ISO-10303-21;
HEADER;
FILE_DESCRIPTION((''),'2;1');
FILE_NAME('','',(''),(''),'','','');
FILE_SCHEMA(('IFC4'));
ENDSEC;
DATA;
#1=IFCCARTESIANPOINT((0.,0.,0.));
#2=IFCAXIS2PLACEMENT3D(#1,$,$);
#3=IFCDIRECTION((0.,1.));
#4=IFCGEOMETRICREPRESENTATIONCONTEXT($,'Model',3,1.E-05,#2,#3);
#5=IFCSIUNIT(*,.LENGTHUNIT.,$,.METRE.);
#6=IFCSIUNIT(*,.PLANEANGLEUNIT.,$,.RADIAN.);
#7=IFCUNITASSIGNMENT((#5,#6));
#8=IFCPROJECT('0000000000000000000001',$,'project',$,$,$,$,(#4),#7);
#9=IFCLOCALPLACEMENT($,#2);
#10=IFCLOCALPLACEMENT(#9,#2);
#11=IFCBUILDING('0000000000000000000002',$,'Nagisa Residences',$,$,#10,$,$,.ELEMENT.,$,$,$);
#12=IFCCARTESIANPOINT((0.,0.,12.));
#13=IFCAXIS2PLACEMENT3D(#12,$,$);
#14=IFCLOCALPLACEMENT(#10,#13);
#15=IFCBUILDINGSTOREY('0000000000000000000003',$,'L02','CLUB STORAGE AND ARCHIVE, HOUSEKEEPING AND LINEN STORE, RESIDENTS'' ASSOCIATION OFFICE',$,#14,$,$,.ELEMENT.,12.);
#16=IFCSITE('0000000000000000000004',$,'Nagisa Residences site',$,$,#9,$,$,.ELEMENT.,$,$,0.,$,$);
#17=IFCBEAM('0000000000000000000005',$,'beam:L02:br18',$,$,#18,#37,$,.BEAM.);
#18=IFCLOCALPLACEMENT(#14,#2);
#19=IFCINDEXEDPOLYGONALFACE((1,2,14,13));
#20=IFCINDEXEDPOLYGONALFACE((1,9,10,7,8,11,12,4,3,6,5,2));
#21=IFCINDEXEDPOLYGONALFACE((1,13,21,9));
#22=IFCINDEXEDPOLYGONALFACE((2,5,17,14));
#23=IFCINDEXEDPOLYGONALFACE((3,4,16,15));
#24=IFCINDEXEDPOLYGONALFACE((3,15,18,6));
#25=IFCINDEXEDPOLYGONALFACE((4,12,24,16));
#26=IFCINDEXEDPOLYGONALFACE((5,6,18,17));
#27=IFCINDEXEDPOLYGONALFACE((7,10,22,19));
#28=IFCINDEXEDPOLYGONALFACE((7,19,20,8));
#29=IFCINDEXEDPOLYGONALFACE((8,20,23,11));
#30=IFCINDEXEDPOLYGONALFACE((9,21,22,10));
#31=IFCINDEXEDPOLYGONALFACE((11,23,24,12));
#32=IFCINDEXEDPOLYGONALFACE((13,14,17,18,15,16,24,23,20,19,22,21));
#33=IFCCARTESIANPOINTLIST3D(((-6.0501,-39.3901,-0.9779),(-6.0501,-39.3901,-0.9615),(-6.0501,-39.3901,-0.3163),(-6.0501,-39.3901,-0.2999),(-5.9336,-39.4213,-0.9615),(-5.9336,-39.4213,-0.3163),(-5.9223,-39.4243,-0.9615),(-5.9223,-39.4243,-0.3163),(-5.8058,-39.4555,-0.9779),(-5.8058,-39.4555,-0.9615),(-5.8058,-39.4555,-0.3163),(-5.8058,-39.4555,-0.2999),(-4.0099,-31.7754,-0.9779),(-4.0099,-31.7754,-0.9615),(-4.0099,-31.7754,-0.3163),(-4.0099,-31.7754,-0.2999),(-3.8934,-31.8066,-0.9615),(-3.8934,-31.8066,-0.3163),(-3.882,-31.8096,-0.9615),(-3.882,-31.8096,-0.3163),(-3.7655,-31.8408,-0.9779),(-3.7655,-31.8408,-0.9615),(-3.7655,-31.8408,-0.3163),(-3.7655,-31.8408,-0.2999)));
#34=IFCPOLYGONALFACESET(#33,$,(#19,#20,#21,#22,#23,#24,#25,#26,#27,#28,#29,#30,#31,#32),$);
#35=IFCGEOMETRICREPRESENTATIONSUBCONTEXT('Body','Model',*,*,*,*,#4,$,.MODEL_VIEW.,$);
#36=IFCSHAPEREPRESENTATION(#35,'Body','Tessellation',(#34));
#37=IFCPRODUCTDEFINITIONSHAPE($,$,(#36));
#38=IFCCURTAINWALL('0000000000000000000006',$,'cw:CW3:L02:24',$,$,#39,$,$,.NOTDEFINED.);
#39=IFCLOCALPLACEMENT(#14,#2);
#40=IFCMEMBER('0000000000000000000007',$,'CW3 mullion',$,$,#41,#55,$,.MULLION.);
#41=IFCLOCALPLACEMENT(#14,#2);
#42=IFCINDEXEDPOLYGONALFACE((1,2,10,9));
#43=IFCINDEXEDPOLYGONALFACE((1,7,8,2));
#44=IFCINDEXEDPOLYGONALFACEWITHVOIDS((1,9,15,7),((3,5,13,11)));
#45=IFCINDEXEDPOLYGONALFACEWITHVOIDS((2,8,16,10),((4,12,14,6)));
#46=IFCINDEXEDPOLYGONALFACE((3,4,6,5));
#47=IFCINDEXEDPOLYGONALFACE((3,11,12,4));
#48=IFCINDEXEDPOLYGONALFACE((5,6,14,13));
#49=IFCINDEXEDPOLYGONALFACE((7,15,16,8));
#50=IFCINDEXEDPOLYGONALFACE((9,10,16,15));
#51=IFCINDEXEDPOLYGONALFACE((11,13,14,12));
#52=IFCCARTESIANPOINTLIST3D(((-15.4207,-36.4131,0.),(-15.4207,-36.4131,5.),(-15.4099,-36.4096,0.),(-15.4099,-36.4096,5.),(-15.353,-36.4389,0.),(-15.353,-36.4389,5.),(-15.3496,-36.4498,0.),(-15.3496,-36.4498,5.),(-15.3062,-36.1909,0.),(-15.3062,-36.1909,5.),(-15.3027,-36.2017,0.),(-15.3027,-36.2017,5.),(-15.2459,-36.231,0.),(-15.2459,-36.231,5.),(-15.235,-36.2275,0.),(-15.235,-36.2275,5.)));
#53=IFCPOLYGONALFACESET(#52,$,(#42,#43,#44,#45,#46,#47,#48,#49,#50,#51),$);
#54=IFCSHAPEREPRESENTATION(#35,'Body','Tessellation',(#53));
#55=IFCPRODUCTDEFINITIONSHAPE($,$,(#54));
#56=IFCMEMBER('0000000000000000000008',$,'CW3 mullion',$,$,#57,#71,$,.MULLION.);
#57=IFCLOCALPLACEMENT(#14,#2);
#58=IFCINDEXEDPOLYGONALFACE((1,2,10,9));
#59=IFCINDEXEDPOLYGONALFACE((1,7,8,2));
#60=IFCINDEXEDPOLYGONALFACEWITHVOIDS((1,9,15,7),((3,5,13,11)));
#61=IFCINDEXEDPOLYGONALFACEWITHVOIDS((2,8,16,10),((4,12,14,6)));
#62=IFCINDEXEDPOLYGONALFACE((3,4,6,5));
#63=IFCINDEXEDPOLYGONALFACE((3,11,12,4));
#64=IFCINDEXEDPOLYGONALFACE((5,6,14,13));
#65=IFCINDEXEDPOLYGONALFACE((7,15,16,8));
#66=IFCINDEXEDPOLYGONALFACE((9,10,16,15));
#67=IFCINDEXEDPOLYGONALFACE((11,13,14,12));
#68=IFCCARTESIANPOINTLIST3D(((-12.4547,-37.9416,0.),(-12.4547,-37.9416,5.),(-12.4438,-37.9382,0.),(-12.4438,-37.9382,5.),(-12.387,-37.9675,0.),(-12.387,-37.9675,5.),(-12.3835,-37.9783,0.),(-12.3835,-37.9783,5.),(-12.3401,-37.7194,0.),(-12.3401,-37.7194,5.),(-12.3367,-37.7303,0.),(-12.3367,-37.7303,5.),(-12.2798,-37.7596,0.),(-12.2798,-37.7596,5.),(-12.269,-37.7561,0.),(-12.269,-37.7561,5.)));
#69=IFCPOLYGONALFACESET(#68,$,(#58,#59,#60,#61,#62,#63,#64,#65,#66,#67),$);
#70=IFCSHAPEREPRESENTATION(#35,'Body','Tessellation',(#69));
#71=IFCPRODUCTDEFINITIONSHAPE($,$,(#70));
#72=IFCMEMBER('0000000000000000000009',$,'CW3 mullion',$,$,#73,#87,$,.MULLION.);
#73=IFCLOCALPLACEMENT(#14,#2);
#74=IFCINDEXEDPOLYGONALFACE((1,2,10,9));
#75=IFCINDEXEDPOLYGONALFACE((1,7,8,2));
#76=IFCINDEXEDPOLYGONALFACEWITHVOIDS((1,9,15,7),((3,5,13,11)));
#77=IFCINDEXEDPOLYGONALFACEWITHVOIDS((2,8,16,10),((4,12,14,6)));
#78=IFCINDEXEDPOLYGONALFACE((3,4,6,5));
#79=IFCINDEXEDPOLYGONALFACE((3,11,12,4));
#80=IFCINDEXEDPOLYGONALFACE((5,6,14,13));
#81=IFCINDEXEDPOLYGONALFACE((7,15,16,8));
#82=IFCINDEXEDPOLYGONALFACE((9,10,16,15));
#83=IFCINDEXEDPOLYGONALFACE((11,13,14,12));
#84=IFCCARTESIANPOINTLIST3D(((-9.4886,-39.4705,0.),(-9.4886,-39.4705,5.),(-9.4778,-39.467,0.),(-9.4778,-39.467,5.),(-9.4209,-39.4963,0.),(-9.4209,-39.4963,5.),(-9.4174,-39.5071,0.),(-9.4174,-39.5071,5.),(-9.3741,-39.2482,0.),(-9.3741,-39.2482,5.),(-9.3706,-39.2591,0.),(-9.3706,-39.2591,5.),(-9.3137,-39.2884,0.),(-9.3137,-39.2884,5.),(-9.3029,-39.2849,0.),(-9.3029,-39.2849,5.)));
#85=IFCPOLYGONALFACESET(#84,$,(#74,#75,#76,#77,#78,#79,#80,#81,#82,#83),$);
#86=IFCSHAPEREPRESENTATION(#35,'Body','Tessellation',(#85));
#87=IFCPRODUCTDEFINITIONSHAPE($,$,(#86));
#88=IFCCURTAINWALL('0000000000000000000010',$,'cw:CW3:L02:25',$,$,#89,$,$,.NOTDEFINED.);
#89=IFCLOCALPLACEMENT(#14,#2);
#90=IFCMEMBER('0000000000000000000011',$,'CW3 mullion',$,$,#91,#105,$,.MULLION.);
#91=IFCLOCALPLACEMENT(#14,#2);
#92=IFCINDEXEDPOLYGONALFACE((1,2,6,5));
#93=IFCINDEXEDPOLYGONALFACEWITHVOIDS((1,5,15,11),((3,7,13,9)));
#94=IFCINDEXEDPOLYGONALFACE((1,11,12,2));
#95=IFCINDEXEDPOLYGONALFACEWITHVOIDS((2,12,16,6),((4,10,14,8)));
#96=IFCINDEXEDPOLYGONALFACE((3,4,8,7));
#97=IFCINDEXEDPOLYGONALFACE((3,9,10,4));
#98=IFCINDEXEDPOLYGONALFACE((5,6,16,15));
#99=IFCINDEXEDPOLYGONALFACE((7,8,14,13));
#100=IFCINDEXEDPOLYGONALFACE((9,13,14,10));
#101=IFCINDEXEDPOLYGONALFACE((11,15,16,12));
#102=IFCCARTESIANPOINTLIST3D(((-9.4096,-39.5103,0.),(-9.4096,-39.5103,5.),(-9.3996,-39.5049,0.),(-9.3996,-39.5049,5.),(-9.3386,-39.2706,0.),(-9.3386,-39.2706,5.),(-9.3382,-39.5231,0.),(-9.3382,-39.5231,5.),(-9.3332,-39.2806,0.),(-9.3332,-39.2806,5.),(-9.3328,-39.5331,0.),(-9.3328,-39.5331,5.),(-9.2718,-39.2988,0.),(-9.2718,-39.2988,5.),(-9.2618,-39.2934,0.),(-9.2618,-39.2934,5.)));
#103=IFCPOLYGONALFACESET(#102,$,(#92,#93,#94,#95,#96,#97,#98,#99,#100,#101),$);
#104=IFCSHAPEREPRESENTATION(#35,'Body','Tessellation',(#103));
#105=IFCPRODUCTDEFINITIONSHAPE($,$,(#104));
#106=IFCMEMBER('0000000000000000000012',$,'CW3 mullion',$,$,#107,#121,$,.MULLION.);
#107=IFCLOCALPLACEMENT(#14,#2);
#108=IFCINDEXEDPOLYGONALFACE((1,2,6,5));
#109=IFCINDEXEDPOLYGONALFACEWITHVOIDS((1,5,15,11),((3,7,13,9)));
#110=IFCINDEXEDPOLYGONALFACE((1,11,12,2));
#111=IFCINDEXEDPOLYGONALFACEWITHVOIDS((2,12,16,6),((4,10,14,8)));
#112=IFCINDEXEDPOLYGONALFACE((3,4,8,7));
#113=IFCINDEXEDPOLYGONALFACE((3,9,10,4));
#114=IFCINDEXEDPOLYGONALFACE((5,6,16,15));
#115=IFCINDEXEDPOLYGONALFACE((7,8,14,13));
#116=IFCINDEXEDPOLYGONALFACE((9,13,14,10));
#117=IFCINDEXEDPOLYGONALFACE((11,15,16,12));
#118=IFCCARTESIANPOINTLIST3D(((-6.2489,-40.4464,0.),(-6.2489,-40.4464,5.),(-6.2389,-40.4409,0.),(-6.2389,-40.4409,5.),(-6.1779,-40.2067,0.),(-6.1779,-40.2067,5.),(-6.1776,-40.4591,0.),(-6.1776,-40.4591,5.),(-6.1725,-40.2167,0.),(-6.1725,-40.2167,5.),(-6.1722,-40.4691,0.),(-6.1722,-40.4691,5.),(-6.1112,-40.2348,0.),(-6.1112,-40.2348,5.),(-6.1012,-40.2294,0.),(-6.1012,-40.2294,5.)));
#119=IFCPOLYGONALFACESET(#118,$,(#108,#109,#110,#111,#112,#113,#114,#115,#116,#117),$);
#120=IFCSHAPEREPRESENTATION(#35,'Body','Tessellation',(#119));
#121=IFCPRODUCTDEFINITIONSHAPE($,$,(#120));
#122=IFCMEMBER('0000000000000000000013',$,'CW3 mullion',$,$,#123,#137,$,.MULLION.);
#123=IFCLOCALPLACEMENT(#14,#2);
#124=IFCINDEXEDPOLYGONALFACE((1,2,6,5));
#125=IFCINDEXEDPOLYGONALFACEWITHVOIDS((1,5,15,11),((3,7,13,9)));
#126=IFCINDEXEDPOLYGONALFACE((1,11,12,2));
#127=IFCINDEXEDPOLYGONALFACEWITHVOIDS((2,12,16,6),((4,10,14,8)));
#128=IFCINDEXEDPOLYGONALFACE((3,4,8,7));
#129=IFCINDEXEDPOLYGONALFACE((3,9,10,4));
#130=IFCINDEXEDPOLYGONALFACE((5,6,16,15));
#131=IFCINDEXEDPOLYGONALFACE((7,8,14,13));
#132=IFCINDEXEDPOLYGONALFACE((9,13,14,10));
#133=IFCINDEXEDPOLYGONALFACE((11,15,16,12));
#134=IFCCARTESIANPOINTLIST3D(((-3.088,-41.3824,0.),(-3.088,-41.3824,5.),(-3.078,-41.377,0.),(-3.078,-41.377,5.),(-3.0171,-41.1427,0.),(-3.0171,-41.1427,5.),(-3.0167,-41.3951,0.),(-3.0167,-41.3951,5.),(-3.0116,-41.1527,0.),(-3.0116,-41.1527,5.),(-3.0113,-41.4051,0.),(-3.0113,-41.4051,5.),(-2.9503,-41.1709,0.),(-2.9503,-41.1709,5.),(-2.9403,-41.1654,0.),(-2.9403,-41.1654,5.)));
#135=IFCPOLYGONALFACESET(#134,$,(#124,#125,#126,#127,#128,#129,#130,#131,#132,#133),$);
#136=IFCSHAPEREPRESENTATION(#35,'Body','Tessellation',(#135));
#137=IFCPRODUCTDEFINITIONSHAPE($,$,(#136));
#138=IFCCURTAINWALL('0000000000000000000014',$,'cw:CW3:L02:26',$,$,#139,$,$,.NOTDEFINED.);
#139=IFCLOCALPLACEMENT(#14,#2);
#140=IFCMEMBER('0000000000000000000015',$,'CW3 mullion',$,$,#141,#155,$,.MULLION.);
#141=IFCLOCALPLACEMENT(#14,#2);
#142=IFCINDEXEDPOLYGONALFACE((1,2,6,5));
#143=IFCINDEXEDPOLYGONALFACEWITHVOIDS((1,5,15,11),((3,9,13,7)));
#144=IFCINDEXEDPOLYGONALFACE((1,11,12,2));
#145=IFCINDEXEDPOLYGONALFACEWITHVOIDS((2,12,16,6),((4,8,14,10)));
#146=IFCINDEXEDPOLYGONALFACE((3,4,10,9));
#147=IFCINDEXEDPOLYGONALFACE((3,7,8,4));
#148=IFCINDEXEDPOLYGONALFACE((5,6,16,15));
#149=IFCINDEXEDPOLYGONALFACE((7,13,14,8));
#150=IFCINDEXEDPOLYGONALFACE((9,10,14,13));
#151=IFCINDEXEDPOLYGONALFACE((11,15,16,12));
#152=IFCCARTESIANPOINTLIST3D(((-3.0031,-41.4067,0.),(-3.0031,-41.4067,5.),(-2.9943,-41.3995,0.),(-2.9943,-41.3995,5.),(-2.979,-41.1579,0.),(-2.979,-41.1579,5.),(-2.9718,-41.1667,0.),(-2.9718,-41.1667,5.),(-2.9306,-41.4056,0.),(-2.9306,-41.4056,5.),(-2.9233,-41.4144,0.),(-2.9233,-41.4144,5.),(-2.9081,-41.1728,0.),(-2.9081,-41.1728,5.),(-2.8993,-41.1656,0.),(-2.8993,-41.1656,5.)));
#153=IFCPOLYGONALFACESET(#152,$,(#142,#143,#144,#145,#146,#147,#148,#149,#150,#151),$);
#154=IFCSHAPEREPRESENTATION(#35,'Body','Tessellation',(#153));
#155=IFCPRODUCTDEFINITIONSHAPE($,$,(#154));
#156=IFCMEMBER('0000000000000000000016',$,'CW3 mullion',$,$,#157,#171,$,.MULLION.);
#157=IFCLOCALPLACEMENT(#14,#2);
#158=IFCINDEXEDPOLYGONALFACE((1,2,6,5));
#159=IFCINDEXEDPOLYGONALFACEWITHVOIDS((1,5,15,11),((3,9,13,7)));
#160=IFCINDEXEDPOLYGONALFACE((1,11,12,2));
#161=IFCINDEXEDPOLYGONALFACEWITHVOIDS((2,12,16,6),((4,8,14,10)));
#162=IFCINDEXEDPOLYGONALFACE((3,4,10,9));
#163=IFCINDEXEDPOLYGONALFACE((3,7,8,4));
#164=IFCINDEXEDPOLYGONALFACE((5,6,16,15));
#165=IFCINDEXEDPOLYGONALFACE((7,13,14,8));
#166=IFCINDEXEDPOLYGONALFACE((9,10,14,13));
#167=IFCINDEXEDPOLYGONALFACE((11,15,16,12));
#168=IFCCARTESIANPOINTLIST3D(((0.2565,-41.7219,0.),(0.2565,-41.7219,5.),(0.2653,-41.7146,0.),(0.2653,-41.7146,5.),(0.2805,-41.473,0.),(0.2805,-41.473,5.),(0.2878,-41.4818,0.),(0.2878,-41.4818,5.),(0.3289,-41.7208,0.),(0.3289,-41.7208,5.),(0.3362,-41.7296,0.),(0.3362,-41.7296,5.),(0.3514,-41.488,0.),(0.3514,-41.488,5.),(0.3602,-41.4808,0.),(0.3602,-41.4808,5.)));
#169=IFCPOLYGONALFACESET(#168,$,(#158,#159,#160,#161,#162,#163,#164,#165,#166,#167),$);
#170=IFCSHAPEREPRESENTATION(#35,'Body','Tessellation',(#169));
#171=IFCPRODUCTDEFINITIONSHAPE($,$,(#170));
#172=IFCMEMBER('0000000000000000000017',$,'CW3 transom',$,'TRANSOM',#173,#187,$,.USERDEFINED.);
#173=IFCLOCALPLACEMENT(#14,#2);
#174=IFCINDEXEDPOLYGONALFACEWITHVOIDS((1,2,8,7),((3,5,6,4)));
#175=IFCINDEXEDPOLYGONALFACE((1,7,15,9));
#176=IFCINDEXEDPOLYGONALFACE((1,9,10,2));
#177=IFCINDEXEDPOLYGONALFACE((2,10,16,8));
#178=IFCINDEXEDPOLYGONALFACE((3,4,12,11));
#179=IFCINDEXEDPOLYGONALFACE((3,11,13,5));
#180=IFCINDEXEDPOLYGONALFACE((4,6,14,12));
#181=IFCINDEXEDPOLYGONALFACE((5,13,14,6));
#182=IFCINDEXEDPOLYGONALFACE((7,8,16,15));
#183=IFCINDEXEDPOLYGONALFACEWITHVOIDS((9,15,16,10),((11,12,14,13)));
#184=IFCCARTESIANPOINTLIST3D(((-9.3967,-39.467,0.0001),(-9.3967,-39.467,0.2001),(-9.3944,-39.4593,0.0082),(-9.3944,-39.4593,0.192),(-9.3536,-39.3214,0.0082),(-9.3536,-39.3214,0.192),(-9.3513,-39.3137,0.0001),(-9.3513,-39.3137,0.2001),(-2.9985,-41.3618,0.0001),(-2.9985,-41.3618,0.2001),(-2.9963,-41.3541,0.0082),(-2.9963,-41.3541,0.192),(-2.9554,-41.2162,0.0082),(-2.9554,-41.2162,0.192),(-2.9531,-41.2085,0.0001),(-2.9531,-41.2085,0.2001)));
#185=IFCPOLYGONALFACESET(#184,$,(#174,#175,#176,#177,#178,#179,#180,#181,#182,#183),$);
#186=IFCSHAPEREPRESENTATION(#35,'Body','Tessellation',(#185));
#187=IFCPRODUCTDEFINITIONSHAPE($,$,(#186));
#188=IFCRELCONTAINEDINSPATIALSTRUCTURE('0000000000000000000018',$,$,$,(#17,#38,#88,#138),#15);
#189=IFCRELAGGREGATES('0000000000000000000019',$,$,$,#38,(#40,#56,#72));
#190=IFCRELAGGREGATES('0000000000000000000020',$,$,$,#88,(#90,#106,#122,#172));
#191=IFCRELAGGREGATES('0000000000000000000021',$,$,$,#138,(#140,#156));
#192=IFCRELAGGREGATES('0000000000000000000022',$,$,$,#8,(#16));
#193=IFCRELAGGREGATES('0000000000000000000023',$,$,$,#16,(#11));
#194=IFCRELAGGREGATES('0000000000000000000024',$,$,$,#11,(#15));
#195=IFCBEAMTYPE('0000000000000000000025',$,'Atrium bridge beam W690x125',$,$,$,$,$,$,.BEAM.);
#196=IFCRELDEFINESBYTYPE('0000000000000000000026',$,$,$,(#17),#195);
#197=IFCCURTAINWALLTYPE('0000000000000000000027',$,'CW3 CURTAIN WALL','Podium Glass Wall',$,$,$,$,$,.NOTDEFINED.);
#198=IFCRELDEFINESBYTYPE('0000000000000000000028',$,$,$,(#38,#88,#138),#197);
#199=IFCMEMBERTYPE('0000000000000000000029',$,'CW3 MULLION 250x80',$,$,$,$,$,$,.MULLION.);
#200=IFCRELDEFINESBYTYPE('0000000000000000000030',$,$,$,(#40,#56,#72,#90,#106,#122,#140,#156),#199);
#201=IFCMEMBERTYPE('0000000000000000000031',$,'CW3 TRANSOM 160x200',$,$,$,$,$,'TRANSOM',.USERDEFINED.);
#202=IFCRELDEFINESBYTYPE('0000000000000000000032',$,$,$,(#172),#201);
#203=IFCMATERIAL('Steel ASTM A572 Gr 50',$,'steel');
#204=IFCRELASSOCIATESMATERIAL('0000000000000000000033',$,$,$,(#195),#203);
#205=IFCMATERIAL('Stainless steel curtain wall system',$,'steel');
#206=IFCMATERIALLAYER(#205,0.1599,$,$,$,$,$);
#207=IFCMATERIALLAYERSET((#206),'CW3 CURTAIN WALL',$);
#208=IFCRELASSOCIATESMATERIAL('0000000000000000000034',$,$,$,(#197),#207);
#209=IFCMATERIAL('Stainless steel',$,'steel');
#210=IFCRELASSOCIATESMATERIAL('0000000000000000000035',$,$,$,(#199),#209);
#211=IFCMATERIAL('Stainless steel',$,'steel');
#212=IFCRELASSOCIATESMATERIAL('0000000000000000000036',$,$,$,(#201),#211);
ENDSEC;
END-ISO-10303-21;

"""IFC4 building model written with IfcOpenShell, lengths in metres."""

from ifc_helpers import new_model, si_unit, direction, frame, origin, origin_2d, place, context, subcontext, project, spatial, hollow_rectangle, i_section, extrude, material, layer, layer_set, material_profile, profile_set, type_object, element, aggregate, save


model = new_model("IFC4")

# Units and contexts
model_context = context("Model", 3, precision=1e-05, world=origin(), true_north=direction((0.0, 1.0)))
body_context = subcontext(model_context, "Body", "Model", "MODEL_VIEW")
ifc_project = project(units=[si_unit("LENGTHUNIT", "METRE"), si_unit("PLANEANGLEUNIT", "RADIAN")], contexts=[model_context])

# Site, building, storey
site_placement = place(None, origin())
site = spatial("IfcSite", under=ifc_project, at=site_placement, Name="Nagisa Residences site", CompositionType="ELEMENT", RefElevation=0.0)
building_placement = place(site_placement, origin())
building = spatial("IfcBuilding", under=site, at=building_placement, Name="Nagisa Residences", CompositionType="ELEMENT")
storey_placement = place(building_placement, frame((0.0, 0.0, 12.0)))
storey = spatial("IfcBuildingStorey", under=building, at=storey_placement, Name="L02", Description="CLUB STORAGE AND ARCHIVE, HOUSEKEEPING AND LINEN STORE, RESIDENTS' ASSOCIATION OFFICE", CompositionType="ELEMENT", Elevation=12.0)

# Beam
ifc_material_1 = material(Name="Steel ASTM A572 Gr 50", Category="steel")
ifc_material_profile_1 = material_profile(ifc_material_1, i_section(OverallWidth=0.2529, OverallDepth=0.678, WebThickness=0.0117, FlangeThickness=0.0164, at=origin_2d()), Name="W690x125")
ifc_profile_set_1 = profile_set([ifc_material_profile_1], Name="Steel ASTM A572 Gr 50")
beam_type_1 = type_object("IfcBeamType", Name="Atrium bridge beam W690x125", PredefinedType="BEAM", material=ifc_profile_set_1)
beam_1_placement = place(storey_placement, frame((-3.8877, -31.8081, -0.6389), z_axis=(-0.258809, -0.965928, 0.0), x_axis=(0.965928, -0.258809, 0.0)))
element("IfcBeam", 1, at=beam_1_placement, inside=storey, type_object=beam_type_1, Name="beam:L02:br18", PredefinedType="BEAM", context=body_context, shape_type="SweptSolid", body=[
    extrude(i_section(OverallWidth=0.2529, OverallDepth=0.678, WebThickness=0.0117, FlangeThickness=0.0164, at=origin_2d()), origin(), (0.0, 0.0, 1.0), 7.8833),
])

# Curtain walls, members
ifc_material_2 = material(Name="Stainless steel curtain wall system", Category="steel")
ifc_layer_1 = layer(ifc_material_2, 0.1599)
ifc_layer_set_1 = layer_set([ifc_layer_1], Name="CW3 CURTAIN WALL")
curtain_wall_type_1 = type_object("IfcCurtainWallType", Name="CW3 CURTAIN WALL", Description="Podium Glass Wall", PredefinedType="NOTDEFINED", material=ifc_layer_set_1)
curtain_wall_1_placement = place(storey_placement, origin())
curtain_wall_1 = element("IfcCurtainWall", 2, at=curtain_wall_1_placement, inside=storey, type_object=curtain_wall_type_1, Name="cw:CW3:L02:24", PredefinedType="NOTDEFINED")
ifc_material_3 = material(Name="Stainless steel", Category="steel")
ifc_material_profile_2 = material_profile(ifc_material_3, hollow_rectangle(XDim=0.25, YDim=0.0801, WallThickness=0.0081, at=origin_2d()), Name="CW3 MULLION 250x80")
ifc_profile_set_2 = profile_set([ifc_material_profile_2], Name="Stainless steel")
member_type_1 = type_object("IfcMemberType", Name="CW3 MULLION 250x80", PredefinedType="MULLION", material=ifc_profile_set_2)
member_1_placement = place(storey_placement, frame((-15.3279, -36.3203, 0.0), z_axis=(0.0, 0.0, 1.0), x_axis=(0.458126, 0.888887, 0.0)))
member_1 = element("IfcMember", 3, at=member_1_placement, type_object=member_type_1, Name="CW3 mullion", PredefinedType="MULLION", context=body_context, shape_type="SweptSolid", body=[
    extrude(hollow_rectangle(XDim=0.25, YDim=0.0801, WallThickness=0.0081, at=origin_2d()), origin(), (0.0, 0.0, 1.0), 5.0),
])
member_2_placement = place(storey_placement, frame((-12.3618, -37.8489, 0.0), z_axis=(0.0, 0.0, 1.0), x_axis=(0.458126, 0.888887, 0.0)))
member_2 = element("IfcMember", 4, at=member_2_placement, type_object=member_type_1, Name="CW3 mullion", PredefinedType="MULLION", context=body_context, shape_type="SweptSolid", body=[
    extrude(hollow_rectangle(XDim=0.25, YDim=0.0801, WallThickness=0.0081, at=origin_2d()), origin(), (0.0, 0.0, 1.0), 5.0),
])
member_3_placement = place(storey_placement, frame((-9.3958, -39.3777, 0.0), z_axis=(0.0, 0.0, 1.0), x_axis=(0.458126, 0.888887, 0.0)))
member_3 = element("IfcMember", 5, at=member_3_placement, type_object=member_type_1, Name="CW3 mullion", PredefinedType="MULLION", context=body_context, shape_type="SweptSolid", body=[
    extrude(hollow_rectangle(XDim=0.25, YDim=0.0801, WallThickness=0.0081, at=origin_2d()), origin(), (0.0, 0.0, 1.0), 5.0),
])
curtain_wall_2_placement = place(storey_placement, origin())
curtain_wall_2 = element("IfcCurtainWall", 6, at=curtain_wall_2_placement, inside=storey, type_object=curtain_wall_type_1, Name="cw:CW3:L02:25", PredefinedType="NOTDEFINED")
member_4_placement = place(storey_placement, frame((-9.3357, -39.4019, 0.0), z_axis=(0.0, 0.0, 1.0), x_axis=(0.283963, 0.958835, 0.0)))
member_4 = element("IfcMember", 7, at=member_4_placement, type_object=member_type_1, Name="CW3 mullion", PredefinedType="MULLION", context=body_context, shape_type="SweptSolid", body=[
    extrude(hollow_rectangle(XDim=0.25, YDim=0.0801, WallThickness=0.0081, at=origin_2d()), origin(), (0.0, 0.0, 1.0), 5.0),
])
member_5_placement = place(storey_placement, frame((-6.175, -40.3379, 0.0), z_axis=(0.0, 0.0, 1.0), x_axis=(0.283963, 0.958835, 0.0)))
member_5 = element("IfcMember", 8, at=member_5_placement, type_object=member_type_1, Name="CW3 mullion", PredefinedType="MULLION", context=body_context, shape_type="SweptSolid", body=[
    extrude(hollow_rectangle(XDim=0.25, YDim=0.0801, WallThickness=0.0081, at=origin_2d()), origin(), (0.0, 0.0, 1.0), 5.0),
])
member_6_placement = place(storey_placement, frame((-3.0142, -41.2739, 0.0), z_axis=(0.0, 0.0, 1.0), x_axis=(0.283963, 0.958835, 0.0)))
member_6 = element("IfcMember", 9, at=member_6_placement, type_object=member_type_1, Name="CW3 mullion", PredefinedType="MULLION", context=body_context, shape_type="SweptSolid", body=[
    extrude(hollow_rectangle(XDim=0.25, YDim=0.0801, WallThickness=0.0081, at=origin_2d()), origin(), (0.0, 0.0, 1.0), 5.0),
])
curtain_wall_3_placement = place(storey_placement, origin())
curtain_wall_3 = element("IfcCurtainWall", 10, at=curtain_wall_3_placement, inside=storey, type_object=curtain_wall_type_1, Name="cw:CW3:L02:26", PredefinedType="NOTDEFINED")
member_7_placement = place(storey_placement, frame((-2.9512, -41.2861, 0.0), z_axis=(0.0, 0.0, 1.0), x_axis=(0.096249, 0.995357, 0.0)))
member_7 = element("IfcMember", 11, at=member_7_placement, type_object=member_type_1, Name="CW3 mullion", PredefinedType="MULLION", context=body_context, shape_type="SweptSolid", body=[
    extrude(hollow_rectangle(XDim=0.25, YDim=0.0801, WallThickness=0.0081, at=origin_2d()), origin(), (0.0, 0.0, 1.0), 5.0),
])
member_8_placement = place(storey_placement, frame((0.3083, -41.6013, 0.0), z_axis=(0.0, 0.0, 1.0), x_axis=(0.096249, 0.995357, 0.0)))
member_8 = element("IfcMember", 12, at=member_8_placement, type_object=member_type_1, Name="CW3 mullion", PredefinedType="MULLION", context=body_context, shape_type="SweptSolid", body=[
    extrude(hollow_rectangle(XDim=0.25, YDim=0.0801, WallThickness=0.0081, at=origin_2d()), origin(), (0.0, 0.0, 1.0), 5.0),
])

# Member
ifc_material_4 = material(Name="Stainless steel", Category="steel")
ifc_material_profile_3 = material_profile(ifc_material_4, hollow_rectangle(XDim=0.1599, YDim=0.2, WallThickness=0.0081, at=origin_2d()), Name="CW3 TRANSOM 160x200")
ifc_profile_set_3 = profile_set([ifc_material_profile_3], Name="Stainless steel")
member_type_2 = type_object("IfcMemberType", Name="CW3 TRANSOM 160x200", ElementType="TRANSOM", PredefinedType="USERDEFINED", material=ifc_profile_set_3)
member_9_placement = place(storey_placement, frame((-9.374, -39.3904, 0.1001), z_axis=(0.958838, -0.283953, 0.0), x_axis=(0.283953, 0.958838, 0.0)))
member_9 = element("IfcMember", 13, at=member_9_placement, type_object=member_type_2, Name="CW3 transom", ObjectType="TRANSOM", PredefinedType="USERDEFINED", context=body_context, shape_type="SweptSolid", body=[
    extrude(hollow_rectangle(XDim=0.1599, YDim=0.2, WallThickness=0.0081, at=origin_2d()), origin(), (0.0, 0.0, 1.0), 6.6729),
])

aggregate(curtain_wall_1, [member_1, member_2, member_3])
aggregate(curtain_wall_2, [member_4, member_5, member_6, member_9])
aggregate(curtain_wall_3, [member_7, member_8])

save(model, "model.ifc")
